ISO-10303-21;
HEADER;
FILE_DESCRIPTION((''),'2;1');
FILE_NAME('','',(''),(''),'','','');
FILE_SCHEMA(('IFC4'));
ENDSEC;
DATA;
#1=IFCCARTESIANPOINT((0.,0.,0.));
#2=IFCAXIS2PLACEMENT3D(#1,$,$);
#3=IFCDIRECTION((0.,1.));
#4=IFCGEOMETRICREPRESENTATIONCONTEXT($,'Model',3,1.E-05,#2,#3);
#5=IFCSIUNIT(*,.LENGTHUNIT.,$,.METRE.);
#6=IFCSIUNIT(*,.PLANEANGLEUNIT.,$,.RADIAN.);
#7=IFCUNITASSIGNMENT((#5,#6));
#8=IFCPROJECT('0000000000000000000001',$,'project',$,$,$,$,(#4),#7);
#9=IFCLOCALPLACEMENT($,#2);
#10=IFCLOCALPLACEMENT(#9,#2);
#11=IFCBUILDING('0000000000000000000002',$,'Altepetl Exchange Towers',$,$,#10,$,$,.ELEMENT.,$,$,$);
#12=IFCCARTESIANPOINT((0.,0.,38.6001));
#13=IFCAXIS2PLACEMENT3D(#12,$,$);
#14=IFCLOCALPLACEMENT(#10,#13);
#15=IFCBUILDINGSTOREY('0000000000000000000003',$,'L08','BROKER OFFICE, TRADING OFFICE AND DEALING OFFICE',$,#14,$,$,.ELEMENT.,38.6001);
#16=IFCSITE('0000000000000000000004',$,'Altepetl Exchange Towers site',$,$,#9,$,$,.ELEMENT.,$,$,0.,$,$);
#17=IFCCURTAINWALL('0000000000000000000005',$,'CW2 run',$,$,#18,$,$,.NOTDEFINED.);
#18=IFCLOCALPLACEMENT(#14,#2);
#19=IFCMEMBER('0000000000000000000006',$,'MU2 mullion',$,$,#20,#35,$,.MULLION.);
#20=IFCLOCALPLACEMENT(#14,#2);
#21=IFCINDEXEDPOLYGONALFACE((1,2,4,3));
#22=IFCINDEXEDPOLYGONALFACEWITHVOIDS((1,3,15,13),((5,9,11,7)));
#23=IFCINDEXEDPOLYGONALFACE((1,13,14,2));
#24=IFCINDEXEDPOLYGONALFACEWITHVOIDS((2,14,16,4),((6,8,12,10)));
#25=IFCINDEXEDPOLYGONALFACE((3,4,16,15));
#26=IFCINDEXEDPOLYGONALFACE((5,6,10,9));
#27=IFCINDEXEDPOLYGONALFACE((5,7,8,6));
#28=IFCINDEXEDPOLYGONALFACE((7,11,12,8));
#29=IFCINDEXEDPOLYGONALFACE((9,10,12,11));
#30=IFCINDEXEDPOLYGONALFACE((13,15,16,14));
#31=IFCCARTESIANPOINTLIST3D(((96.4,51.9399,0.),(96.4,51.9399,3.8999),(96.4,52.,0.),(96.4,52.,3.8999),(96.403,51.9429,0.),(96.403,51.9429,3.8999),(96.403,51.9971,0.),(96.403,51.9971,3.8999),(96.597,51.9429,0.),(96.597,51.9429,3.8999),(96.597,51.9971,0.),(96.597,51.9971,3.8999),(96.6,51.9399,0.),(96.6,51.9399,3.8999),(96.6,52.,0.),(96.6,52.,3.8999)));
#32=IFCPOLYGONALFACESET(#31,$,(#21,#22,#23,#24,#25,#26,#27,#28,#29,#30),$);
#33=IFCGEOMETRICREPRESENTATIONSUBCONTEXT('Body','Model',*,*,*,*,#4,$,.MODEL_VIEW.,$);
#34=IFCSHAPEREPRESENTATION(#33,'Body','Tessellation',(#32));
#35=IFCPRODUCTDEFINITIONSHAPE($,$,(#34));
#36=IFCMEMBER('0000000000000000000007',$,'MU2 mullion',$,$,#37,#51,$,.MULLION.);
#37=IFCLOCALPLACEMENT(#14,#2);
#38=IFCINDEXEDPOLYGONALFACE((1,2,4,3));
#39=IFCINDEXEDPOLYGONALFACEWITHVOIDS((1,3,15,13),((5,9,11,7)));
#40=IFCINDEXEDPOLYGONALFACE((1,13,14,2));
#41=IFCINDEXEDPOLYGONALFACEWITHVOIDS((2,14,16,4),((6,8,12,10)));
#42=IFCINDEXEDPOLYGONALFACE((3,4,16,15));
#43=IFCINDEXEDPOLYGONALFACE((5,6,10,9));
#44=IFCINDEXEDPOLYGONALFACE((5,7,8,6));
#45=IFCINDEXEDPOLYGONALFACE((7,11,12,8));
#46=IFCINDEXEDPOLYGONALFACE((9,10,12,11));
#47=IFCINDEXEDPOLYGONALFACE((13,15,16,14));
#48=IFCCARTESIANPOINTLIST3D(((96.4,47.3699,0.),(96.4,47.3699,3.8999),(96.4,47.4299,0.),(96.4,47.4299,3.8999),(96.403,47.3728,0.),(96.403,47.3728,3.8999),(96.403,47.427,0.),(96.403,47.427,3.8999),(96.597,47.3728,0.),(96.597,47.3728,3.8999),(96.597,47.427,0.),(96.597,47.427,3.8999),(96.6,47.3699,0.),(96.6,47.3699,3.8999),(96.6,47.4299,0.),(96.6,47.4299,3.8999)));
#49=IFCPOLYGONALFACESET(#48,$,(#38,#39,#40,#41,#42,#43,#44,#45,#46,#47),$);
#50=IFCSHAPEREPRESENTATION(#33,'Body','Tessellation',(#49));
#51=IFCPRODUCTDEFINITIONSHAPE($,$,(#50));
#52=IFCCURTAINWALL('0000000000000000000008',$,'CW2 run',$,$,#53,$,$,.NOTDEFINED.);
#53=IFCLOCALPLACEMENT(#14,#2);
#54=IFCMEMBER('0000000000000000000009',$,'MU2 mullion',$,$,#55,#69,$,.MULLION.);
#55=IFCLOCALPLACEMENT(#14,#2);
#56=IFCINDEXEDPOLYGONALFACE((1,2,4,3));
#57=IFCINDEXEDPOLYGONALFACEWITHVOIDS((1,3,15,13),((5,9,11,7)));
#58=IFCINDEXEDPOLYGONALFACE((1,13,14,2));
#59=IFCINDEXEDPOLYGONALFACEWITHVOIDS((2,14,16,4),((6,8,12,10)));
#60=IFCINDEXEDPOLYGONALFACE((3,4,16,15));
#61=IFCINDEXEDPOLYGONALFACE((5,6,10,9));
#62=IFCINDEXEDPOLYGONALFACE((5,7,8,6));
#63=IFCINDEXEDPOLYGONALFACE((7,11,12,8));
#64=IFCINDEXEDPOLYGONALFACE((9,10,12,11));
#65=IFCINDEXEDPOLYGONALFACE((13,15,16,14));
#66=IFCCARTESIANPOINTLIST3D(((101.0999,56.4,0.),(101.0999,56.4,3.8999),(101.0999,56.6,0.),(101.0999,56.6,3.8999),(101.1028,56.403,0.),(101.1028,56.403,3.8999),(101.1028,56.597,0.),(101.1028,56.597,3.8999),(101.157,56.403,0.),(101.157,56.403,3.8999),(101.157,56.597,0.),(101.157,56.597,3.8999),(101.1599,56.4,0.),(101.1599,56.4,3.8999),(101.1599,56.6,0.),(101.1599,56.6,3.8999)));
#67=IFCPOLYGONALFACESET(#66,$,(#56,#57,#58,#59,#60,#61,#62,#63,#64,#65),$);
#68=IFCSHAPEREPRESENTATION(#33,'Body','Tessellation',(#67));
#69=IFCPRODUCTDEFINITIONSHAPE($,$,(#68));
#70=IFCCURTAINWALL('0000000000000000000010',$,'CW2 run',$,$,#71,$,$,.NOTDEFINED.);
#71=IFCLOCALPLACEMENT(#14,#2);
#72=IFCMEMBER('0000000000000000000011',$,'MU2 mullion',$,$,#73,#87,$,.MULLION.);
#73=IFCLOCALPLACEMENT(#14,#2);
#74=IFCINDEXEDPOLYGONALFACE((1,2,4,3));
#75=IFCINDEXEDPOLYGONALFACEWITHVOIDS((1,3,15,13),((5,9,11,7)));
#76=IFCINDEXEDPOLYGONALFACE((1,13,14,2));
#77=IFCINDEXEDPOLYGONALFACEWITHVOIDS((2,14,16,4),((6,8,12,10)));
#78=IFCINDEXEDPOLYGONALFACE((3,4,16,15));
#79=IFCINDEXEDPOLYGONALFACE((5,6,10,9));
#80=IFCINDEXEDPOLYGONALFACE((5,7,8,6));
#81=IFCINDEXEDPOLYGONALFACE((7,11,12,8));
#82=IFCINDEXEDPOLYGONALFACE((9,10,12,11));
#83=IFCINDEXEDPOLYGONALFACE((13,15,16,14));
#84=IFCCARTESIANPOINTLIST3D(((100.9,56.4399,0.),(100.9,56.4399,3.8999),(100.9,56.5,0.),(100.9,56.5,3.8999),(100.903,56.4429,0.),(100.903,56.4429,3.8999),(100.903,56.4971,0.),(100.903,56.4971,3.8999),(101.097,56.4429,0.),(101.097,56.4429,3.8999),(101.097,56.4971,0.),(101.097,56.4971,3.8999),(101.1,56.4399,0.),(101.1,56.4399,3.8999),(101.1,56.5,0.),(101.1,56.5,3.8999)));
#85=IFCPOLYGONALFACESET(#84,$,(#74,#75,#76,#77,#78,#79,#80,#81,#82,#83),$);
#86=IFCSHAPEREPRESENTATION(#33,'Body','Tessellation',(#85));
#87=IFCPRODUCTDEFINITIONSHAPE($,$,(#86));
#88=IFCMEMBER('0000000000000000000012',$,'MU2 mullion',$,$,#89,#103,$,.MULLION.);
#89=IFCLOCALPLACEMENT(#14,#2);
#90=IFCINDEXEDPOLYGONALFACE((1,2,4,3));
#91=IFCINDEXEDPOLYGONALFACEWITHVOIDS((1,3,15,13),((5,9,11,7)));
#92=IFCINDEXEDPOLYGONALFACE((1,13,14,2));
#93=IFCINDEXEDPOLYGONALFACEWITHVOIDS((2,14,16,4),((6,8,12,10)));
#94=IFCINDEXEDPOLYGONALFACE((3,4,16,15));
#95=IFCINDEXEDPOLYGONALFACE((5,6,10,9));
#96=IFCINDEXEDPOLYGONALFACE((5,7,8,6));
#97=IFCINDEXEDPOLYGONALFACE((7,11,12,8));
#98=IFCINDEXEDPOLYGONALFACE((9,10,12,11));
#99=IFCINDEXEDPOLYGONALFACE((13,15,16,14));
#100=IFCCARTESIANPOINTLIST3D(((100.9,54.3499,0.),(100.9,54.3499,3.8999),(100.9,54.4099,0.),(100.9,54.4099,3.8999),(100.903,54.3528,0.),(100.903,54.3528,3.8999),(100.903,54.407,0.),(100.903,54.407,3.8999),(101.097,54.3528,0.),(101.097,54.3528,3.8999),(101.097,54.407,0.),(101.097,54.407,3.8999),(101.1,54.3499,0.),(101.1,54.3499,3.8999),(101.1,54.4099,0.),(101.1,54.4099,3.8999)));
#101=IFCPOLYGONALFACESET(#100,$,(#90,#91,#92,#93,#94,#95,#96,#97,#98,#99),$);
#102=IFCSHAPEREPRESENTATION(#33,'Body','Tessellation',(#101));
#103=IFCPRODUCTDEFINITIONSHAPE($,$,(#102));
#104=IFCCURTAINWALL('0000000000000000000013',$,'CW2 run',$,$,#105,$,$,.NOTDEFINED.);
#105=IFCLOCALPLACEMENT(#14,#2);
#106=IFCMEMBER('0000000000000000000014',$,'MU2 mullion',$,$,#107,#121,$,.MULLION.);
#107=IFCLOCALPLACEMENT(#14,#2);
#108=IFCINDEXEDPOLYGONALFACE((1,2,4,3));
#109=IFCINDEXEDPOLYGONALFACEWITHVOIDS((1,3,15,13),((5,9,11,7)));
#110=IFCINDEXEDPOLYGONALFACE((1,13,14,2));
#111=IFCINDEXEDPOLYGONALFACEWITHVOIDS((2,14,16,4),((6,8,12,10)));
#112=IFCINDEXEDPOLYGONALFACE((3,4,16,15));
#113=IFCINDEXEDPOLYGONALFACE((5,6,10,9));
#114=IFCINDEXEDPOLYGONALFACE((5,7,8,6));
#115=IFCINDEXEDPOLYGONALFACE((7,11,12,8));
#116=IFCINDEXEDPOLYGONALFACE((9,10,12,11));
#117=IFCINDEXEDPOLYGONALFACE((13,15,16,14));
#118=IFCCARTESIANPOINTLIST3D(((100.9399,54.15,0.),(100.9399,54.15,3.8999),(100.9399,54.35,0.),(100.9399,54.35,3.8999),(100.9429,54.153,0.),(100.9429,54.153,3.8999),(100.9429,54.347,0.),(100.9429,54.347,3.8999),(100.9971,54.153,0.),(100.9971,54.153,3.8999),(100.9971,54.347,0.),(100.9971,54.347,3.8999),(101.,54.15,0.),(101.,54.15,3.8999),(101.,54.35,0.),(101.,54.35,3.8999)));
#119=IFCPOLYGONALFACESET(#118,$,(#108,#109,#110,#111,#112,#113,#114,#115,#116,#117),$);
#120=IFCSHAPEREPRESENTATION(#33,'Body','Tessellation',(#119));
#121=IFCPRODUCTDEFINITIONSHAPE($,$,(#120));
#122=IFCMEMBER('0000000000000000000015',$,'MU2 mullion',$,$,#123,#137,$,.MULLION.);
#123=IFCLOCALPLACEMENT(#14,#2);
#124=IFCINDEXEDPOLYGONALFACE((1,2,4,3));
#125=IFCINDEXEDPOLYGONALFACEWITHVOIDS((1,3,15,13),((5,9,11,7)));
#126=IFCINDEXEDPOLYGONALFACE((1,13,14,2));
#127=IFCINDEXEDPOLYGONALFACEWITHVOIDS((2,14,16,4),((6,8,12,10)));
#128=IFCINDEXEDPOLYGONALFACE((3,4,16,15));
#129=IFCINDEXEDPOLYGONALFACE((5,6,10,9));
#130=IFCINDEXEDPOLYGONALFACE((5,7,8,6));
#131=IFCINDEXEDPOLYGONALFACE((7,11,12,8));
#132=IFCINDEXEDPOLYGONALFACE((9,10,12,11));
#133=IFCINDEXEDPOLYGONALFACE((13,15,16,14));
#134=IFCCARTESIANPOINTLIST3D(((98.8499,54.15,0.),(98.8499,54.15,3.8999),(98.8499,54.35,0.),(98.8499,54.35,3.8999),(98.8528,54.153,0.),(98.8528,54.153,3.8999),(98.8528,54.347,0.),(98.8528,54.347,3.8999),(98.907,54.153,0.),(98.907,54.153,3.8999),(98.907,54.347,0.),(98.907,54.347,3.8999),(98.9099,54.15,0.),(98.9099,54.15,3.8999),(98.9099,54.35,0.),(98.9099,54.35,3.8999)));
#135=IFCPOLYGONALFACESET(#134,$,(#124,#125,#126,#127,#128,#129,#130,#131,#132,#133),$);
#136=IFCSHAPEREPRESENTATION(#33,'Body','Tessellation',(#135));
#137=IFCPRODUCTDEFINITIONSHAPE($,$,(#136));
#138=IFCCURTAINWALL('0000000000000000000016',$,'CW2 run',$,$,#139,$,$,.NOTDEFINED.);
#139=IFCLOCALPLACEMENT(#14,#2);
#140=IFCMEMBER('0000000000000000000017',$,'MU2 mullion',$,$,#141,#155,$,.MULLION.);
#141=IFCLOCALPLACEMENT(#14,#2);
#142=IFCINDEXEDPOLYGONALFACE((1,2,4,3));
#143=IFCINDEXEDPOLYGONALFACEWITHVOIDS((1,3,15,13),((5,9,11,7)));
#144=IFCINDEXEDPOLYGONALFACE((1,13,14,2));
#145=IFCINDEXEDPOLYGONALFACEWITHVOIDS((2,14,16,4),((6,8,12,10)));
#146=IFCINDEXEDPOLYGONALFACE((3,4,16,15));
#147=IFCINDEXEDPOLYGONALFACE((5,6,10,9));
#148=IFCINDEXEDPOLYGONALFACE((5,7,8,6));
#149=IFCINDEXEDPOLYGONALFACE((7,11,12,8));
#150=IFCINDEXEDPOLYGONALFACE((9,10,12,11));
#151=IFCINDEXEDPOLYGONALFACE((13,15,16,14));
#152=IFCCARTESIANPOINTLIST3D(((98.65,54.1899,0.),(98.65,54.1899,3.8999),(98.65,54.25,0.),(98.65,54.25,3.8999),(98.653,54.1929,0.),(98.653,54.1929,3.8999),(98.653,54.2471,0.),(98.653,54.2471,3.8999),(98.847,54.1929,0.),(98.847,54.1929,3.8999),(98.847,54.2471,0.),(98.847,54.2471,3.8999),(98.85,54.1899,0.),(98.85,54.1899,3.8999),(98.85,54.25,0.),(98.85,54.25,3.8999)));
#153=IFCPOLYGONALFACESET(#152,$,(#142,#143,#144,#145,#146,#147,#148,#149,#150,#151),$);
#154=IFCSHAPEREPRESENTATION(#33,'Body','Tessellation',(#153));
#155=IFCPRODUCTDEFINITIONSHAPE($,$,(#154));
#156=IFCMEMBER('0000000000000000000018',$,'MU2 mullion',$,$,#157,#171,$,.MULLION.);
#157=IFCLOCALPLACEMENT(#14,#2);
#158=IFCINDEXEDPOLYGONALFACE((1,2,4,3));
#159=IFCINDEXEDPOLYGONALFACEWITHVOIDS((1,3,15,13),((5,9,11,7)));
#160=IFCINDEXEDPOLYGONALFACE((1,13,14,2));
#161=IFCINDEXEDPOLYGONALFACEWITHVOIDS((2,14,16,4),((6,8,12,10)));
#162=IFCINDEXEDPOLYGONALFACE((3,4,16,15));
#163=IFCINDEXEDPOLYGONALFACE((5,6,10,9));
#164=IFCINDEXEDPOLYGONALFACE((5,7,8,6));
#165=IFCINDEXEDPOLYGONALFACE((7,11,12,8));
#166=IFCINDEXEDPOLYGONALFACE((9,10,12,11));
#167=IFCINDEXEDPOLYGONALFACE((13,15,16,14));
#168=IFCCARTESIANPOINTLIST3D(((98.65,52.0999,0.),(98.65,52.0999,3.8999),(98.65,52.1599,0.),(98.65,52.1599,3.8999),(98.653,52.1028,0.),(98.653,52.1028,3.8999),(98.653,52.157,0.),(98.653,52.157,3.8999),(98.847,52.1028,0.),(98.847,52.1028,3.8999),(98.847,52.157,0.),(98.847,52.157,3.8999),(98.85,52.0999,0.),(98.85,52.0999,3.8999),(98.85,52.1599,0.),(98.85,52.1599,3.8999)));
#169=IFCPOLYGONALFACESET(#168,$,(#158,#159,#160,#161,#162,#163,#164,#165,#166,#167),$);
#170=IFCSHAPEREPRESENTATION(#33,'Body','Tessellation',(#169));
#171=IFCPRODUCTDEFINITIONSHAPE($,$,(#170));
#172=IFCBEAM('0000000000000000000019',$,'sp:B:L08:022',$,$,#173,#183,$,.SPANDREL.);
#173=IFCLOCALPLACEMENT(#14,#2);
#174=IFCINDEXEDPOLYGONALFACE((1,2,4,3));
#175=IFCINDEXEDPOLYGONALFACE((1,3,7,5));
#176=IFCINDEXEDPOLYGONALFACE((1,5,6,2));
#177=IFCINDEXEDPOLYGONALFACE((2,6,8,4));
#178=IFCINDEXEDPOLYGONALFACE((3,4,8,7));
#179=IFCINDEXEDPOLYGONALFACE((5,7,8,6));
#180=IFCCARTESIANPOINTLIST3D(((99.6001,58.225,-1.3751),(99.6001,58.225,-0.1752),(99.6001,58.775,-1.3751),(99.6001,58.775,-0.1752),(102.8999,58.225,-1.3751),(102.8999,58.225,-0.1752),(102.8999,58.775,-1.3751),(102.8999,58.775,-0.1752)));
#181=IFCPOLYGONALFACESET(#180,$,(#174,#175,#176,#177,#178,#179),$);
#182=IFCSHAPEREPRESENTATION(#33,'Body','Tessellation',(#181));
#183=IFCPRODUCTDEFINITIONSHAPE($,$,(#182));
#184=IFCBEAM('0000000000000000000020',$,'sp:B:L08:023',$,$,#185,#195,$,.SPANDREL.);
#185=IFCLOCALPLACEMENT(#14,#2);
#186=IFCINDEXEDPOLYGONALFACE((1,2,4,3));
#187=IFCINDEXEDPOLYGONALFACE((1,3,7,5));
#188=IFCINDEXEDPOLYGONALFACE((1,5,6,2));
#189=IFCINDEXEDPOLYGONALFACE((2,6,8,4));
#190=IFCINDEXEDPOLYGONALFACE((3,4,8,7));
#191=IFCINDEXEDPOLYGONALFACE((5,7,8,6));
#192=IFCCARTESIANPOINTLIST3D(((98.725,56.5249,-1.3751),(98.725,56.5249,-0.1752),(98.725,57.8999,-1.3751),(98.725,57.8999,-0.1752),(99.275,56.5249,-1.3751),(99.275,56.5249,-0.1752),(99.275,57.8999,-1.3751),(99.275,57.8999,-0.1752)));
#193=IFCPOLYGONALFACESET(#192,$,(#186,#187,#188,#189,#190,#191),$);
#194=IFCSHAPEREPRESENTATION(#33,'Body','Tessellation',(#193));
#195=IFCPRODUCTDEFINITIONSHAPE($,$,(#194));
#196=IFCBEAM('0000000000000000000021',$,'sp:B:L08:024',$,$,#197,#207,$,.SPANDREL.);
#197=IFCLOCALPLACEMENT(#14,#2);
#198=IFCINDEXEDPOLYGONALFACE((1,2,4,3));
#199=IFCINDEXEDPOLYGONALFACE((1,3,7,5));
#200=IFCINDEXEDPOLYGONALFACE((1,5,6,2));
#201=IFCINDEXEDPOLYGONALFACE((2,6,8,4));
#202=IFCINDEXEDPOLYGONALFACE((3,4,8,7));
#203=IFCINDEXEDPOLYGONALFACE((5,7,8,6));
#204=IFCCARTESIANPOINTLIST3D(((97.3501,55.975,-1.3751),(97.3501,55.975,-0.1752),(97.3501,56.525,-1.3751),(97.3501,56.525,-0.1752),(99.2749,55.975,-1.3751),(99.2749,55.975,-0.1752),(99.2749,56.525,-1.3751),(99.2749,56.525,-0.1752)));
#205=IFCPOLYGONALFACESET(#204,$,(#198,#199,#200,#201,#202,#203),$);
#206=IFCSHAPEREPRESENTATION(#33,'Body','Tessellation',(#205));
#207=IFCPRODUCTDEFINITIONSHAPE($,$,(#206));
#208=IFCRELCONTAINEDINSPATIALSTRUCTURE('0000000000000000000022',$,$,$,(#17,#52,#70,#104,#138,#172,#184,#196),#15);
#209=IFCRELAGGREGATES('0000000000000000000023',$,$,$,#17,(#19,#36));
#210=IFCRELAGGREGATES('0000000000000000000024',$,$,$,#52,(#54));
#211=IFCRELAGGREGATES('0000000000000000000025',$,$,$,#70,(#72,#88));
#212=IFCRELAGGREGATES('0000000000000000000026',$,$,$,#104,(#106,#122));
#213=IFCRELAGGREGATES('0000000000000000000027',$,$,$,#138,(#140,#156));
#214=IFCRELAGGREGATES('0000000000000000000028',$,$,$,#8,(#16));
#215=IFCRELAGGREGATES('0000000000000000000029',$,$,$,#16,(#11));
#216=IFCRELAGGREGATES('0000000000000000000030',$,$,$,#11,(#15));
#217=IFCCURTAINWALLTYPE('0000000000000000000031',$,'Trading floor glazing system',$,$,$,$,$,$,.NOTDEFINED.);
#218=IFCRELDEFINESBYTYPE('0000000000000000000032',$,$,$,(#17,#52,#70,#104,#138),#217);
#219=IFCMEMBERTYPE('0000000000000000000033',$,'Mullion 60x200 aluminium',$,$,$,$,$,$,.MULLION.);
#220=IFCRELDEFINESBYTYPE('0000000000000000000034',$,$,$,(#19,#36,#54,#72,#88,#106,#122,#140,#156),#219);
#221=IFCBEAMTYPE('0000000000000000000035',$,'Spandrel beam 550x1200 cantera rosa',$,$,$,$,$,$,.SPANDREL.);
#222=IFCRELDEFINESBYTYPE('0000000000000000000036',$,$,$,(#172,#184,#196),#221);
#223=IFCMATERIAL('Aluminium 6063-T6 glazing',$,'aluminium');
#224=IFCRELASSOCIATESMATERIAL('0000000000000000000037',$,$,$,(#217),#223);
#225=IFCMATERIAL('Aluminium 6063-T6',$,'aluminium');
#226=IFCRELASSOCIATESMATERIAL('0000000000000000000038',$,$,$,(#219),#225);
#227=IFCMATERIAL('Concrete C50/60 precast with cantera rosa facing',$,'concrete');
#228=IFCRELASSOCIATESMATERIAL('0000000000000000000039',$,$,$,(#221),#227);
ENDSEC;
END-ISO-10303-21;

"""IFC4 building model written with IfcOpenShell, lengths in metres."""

from ifc_helpers import new_model, si_unit, direction, frame, origin, origin_2d, place, context, subcontext, project, spatial, rectangle, hollow_rectangle, extrude, material, material_profile, profile_set, type_object, element, aggregate, save


model = new_model("IFC4")

# Units and contexts
model_context = context("Model", 3, precision=1e-05, world=origin(), true_north=direction((0.0, 1.0)))
body_context = subcontext(model_context, "Body", "Model", "MODEL_VIEW")
ifc_project = project(units=[si_unit("LENGTHUNIT", "METRE"), si_unit("PLANEANGLEUNIT", "RADIAN")], contexts=[model_context])

# Site, building, storey
site_placement = place(None, origin())
site = spatial("IfcSite", under=ifc_project, at=site_placement, Name="Altepetl Exchange Towers site", CompositionType="ELEMENT", RefElevation=0.0)
building_placement = place(site_placement, origin())
building = spatial("IfcBuilding", under=site, at=building_placement, Name="Altepetl Exchange Towers", CompositionType="ELEMENT")
storey_placement = place(building_placement, frame((0.0, 0.0, 38.6001)))
storey = spatial("IfcBuildingStorey", under=building, at=storey_placement, Name="L08", Description="BROKER OFFICE, TRADING OFFICE AND DEALING OFFICE", CompositionType="ELEMENT", Elevation=38.6001)

# Curtain wall, members
ifc_material_1 = material(Name="Aluminium 6063-T6 glazing", Category="aluminium")
curtain_wall_type = type_object("IfcCurtainWallType", Name="Trading floor glazing system", PredefinedType="NOTDEFINED", material=ifc_material_1)
ifc_material_2 = material(Name="Aluminium 6063-T6", Category="aluminium")
ifc_material_profile_1 = material_profile(ifc_material_2, hollow_rectangle(XDim=0.0601, YDim=0.2, WallThickness=0.0029, at=origin_2d()), Name="Mullion 60x200 aluminium")
ifc_profile_set_1 = profile_set([ifc_material_profile_1], Name="Aluminium 6063-T6")
member_type = type_object("IfcMemberType", Name="Mullion 60x200 aluminium", PredefinedType="MULLION", material=ifc_profile_set_1)
curtain_wall_1_placement = place(storey_placement, origin())
curtain_wall_1 = element("IfcCurtainWall", 1, at=curtain_wall_1_placement, inside=storey, type_object=curtain_wall_type, Name="CW2 run", PredefinedType="NOTDEFINED")
member_1_placement = place(storey_placement, frame((96.5, 51.97, 0.0), z_axis=(0.0, 0.0, 1.0), x_axis=(0.0, -1.0, 0.0)))
member_1 = element("IfcMember", 2, at=member_1_placement, type_object=member_type, Name="MU2 mullion", PredefinedType="MULLION", context=body_context, shape_type="SweptSolid", body=[
    extrude(hollow_rectangle(XDim=0.0601, YDim=0.2, WallThickness=0.0029, at=origin_2d()), origin(), (0.0, 0.0, 1.0), 3.8999),
])
member_2_placement = place(storey_placement, frame((96.5, 47.3999, 0.0), z_axis=(0.0, 0.0, 1.0), x_axis=(0.0, -1.0, 0.0)))
member_2 = element("IfcMember", 3, at=member_2_placement, type_object=member_type, Name="MU2 mullion", PredefinedType="MULLION", context=body_context, shape_type="SweptSolid", body=[
    extrude(hollow_rectangle(XDim=0.0601, YDim=0.2, WallThickness=0.0029, at=origin_2d()), origin(), (0.0, 0.0, 1.0), 3.8999),
])

# Curtain wall, member
curtain_wall_2_placement = place(storey_placement, origin())
curtain_wall_2 = element("IfcCurtainWall", 4, at=curtain_wall_2_placement, inside=storey, type_object=curtain_wall_type, Name="CW2 run", PredefinedType="NOTDEFINED")
member_3_placement = place(storey_placement, frame((101.1299, 56.5, 0.0), z_axis=(0.0, 0.0, 1.0), x_axis=(-1.0, 0.0, 0.0)))
member_3 = element("IfcMember", 5, at=member_3_placement, type_object=member_type, Name="MU2 mullion", PredefinedType="MULLION", context=body_context, shape_type="SweptSolid", body=[
    extrude(hollow_rectangle(XDim=0.0601, YDim=0.2, WallThickness=0.0029, at=origin_2d()), origin(), (0.0, 0.0, 1.0), 3.8999),
])

# Curtain walls, members
curtain_wall_3_placement = place(storey_placement, origin())
curtain_wall_3 = element("IfcCurtainWall", 6, at=curtain_wall_3_placement, inside=storey, type_object=curtain_wall_type, Name="CW2 run", PredefinedType="NOTDEFINED")
member_4_placement = place(storey_placement, frame((101.0, 56.47, 0.0), z_axis=(0.0, 0.0, 1.0), x_axis=(0.0, -1.0, 0.0)))
member_4 = element("IfcMember", 7, at=member_4_placement, type_object=member_type, Name="MU2 mullion", PredefinedType="MULLION", context=body_context, shape_type="SweptSolid", body=[
    extrude(hollow_rectangle(XDim=0.0601, YDim=0.2, WallThickness=0.0029, at=origin_2d()), origin(), (0.0, 0.0, 1.0), 3.8999),
])
member_5_placement = place(storey_placement, frame((101.0, 54.3799, 0.0), z_axis=(0.0, 0.0, 1.0), x_axis=(0.0, -1.0, 0.0)))
member_5 = element("IfcMember", 8, at=member_5_placement, type_object=member_type, Name="MU2 mullion", PredefinedType="MULLION", context=body_context, shape_type="SweptSolid", body=[
    extrude(hollow_rectangle(XDim=0.0601, YDim=0.2, WallThickness=0.0029, at=origin_2d()), origin(), (0.0, 0.0, 1.0), 3.8999),
])
curtain_wall_4_placement = place(storey_placement, origin())
curtain_wall_4 = element("IfcCurtainWall", 9, at=curtain_wall_4_placement, inside=storey, type_object=curtain_wall_type, Name="CW2 run", PredefinedType="NOTDEFINED")
member_6_placement = place(storey_placement, frame((100.97, 54.25, 0.0), z_axis=(0.0, 0.0, 1.0), x_axis=(-1.0, 0.0, 0.0)))
member_6 = element("IfcMember", 10, at=member_6_placement, type_object=member_type, Name="MU2 mullion", PredefinedType="MULLION", context=body_context, shape_type="SweptSolid", body=[
    extrude(hollow_rectangle(XDim=0.0601, YDim=0.2, WallThickness=0.0029, at=origin_2d()), origin(), (0.0, 0.0, 1.0), 3.8999),
])
member_7_placement = place(storey_placement, frame((98.8799, 54.25, 0.0), z_axis=(0.0, 0.0, 1.0), x_axis=(-1.0, 0.0, 0.0)))
member_7 = element("IfcMember", 11, at=member_7_placement, type_object=member_type, Name="MU2 mullion", PredefinedType="MULLION", context=body_context, shape_type="SweptSolid", body=[
    extrude(hollow_rectangle(XDim=0.0601, YDim=0.2, WallThickness=0.0029, at=origin_2d()), origin(), (0.0, 0.0, 1.0), 3.8999),
])
curtain_wall_5_placement = place(storey_placement, origin())
curtain_wall_5 = element("IfcCurtainWall", 12, at=curtain_wall_5_placement, inside=storey, type_object=curtain_wall_type, Name="CW2 run", PredefinedType="NOTDEFINED")
member_8_placement = place(storey_placement, frame((98.75, 54.22, 0.0), z_axis=(0.0, 0.0, 1.0), x_axis=(0.0, -1.0, 0.0)))
member_8 = element("IfcMember", 13, at=member_8_placement, type_object=member_type, Name="MU2 mullion", PredefinedType="MULLION", context=body_context, shape_type="SweptSolid", body=[
    extrude(hollow_rectangle(XDim=0.0601, YDim=0.2, WallThickness=0.0029, at=origin_2d()), origin(), (0.0, 0.0, 1.0), 3.8999),
])
member_9_placement = place(storey_placement, frame((98.75, 52.1299, 0.0), z_axis=(0.0, 0.0, 1.0), x_axis=(0.0, -1.0, 0.0)))
member_9 = element("IfcMember", 14, at=member_9_placement, type_object=member_type, Name="MU2 mullion", PredefinedType="MULLION", context=body_context, shape_type="SweptSolid", body=[
    extrude(hollow_rectangle(XDim=0.0601, YDim=0.2, WallThickness=0.0029, at=origin_2d()), origin(), (0.0, 0.0, 1.0), 3.8999),
])

# Beams
ifc_material_3 = material(Name="Concrete C50/60 precast with cantera rosa facing", Category="concrete")
ifc_material_profile_2 = material_profile(ifc_material_3, rectangle(XDim=0.55, YDim=1.2, at=origin_2d()), Name="550 x 1200")
ifc_profile_set_2 = profile_set([ifc_material_profile_2], Name="Concrete C50/60 precast with cantera rosa facing")
beam_type_1 = type_object("IfcBeamType", Name="Spandrel beam 550x1200 cantera rosa", PredefinedType="SPANDREL", material=ifc_profile_set_2)
beam_1_placement = place(storey_placement, frame((102.8999, 58.5, -0.7751), z_axis=(-1.0, 0.0, 0.0), x_axis=(0.0, -1.0, 0.0)))
element("IfcBeam", 15, at=beam_1_placement, inside=storey, type_object=beam_type_1, Name="sp:B:L08:022", PredefinedType="SPANDREL", context=body_context, shape_type="SweptSolid", body=[
    extrude(rectangle(XDim=0.55, YDim=1.2, at=origin_2d()), origin(), (0.0, 0.0, 1.0), 3.2998),
])
beam_2_placement = place(storey_placement, frame((99.0, 57.8999, -0.7751), z_axis=(0.0, -1.0, 0.0), x_axis=(1.0, 0.0, 0.0)))
element("IfcBeam", 16, at=beam_2_placement, inside=storey, type_object=beam_type_1, Name="sp:B:L08:023", PredefinedType="SPANDREL", context=body_context, shape_type="SweptSolid", body=[
    extrude(rectangle(XDim=0.55, YDim=1.2, at=origin_2d()), origin(), (0.0, 0.0, 1.0), 1.375),
])
beam_3_placement = place(storey_placement, frame((99.2749, 56.25, -0.7751), z_axis=(-1.0, 0.0, 0.0), x_axis=(0.0, -1.0, 0.0)))
element("IfcBeam", 17, at=beam_3_placement, inside=storey, type_object=beam_type_1, Name="sp:B:L08:024", PredefinedType="SPANDREL", context=body_context, shape_type="SweptSolid", body=[
    extrude(rectangle(XDim=0.55, YDim=1.2, at=origin_2d()), origin(), (0.0, 0.0, 1.0), 1.9248),
])

aggregate(curtain_wall_1, [member_1, member_2])
aggregate(curtain_wall_2, [member_3])
aggregate(curtain_wall_3, [member_4, member_5])
aggregate(curtain_wall_4, [member_6, member_7])
aggregate(curtain_wall_5, [member_8, member_9])

save(model, "model.ifc")
